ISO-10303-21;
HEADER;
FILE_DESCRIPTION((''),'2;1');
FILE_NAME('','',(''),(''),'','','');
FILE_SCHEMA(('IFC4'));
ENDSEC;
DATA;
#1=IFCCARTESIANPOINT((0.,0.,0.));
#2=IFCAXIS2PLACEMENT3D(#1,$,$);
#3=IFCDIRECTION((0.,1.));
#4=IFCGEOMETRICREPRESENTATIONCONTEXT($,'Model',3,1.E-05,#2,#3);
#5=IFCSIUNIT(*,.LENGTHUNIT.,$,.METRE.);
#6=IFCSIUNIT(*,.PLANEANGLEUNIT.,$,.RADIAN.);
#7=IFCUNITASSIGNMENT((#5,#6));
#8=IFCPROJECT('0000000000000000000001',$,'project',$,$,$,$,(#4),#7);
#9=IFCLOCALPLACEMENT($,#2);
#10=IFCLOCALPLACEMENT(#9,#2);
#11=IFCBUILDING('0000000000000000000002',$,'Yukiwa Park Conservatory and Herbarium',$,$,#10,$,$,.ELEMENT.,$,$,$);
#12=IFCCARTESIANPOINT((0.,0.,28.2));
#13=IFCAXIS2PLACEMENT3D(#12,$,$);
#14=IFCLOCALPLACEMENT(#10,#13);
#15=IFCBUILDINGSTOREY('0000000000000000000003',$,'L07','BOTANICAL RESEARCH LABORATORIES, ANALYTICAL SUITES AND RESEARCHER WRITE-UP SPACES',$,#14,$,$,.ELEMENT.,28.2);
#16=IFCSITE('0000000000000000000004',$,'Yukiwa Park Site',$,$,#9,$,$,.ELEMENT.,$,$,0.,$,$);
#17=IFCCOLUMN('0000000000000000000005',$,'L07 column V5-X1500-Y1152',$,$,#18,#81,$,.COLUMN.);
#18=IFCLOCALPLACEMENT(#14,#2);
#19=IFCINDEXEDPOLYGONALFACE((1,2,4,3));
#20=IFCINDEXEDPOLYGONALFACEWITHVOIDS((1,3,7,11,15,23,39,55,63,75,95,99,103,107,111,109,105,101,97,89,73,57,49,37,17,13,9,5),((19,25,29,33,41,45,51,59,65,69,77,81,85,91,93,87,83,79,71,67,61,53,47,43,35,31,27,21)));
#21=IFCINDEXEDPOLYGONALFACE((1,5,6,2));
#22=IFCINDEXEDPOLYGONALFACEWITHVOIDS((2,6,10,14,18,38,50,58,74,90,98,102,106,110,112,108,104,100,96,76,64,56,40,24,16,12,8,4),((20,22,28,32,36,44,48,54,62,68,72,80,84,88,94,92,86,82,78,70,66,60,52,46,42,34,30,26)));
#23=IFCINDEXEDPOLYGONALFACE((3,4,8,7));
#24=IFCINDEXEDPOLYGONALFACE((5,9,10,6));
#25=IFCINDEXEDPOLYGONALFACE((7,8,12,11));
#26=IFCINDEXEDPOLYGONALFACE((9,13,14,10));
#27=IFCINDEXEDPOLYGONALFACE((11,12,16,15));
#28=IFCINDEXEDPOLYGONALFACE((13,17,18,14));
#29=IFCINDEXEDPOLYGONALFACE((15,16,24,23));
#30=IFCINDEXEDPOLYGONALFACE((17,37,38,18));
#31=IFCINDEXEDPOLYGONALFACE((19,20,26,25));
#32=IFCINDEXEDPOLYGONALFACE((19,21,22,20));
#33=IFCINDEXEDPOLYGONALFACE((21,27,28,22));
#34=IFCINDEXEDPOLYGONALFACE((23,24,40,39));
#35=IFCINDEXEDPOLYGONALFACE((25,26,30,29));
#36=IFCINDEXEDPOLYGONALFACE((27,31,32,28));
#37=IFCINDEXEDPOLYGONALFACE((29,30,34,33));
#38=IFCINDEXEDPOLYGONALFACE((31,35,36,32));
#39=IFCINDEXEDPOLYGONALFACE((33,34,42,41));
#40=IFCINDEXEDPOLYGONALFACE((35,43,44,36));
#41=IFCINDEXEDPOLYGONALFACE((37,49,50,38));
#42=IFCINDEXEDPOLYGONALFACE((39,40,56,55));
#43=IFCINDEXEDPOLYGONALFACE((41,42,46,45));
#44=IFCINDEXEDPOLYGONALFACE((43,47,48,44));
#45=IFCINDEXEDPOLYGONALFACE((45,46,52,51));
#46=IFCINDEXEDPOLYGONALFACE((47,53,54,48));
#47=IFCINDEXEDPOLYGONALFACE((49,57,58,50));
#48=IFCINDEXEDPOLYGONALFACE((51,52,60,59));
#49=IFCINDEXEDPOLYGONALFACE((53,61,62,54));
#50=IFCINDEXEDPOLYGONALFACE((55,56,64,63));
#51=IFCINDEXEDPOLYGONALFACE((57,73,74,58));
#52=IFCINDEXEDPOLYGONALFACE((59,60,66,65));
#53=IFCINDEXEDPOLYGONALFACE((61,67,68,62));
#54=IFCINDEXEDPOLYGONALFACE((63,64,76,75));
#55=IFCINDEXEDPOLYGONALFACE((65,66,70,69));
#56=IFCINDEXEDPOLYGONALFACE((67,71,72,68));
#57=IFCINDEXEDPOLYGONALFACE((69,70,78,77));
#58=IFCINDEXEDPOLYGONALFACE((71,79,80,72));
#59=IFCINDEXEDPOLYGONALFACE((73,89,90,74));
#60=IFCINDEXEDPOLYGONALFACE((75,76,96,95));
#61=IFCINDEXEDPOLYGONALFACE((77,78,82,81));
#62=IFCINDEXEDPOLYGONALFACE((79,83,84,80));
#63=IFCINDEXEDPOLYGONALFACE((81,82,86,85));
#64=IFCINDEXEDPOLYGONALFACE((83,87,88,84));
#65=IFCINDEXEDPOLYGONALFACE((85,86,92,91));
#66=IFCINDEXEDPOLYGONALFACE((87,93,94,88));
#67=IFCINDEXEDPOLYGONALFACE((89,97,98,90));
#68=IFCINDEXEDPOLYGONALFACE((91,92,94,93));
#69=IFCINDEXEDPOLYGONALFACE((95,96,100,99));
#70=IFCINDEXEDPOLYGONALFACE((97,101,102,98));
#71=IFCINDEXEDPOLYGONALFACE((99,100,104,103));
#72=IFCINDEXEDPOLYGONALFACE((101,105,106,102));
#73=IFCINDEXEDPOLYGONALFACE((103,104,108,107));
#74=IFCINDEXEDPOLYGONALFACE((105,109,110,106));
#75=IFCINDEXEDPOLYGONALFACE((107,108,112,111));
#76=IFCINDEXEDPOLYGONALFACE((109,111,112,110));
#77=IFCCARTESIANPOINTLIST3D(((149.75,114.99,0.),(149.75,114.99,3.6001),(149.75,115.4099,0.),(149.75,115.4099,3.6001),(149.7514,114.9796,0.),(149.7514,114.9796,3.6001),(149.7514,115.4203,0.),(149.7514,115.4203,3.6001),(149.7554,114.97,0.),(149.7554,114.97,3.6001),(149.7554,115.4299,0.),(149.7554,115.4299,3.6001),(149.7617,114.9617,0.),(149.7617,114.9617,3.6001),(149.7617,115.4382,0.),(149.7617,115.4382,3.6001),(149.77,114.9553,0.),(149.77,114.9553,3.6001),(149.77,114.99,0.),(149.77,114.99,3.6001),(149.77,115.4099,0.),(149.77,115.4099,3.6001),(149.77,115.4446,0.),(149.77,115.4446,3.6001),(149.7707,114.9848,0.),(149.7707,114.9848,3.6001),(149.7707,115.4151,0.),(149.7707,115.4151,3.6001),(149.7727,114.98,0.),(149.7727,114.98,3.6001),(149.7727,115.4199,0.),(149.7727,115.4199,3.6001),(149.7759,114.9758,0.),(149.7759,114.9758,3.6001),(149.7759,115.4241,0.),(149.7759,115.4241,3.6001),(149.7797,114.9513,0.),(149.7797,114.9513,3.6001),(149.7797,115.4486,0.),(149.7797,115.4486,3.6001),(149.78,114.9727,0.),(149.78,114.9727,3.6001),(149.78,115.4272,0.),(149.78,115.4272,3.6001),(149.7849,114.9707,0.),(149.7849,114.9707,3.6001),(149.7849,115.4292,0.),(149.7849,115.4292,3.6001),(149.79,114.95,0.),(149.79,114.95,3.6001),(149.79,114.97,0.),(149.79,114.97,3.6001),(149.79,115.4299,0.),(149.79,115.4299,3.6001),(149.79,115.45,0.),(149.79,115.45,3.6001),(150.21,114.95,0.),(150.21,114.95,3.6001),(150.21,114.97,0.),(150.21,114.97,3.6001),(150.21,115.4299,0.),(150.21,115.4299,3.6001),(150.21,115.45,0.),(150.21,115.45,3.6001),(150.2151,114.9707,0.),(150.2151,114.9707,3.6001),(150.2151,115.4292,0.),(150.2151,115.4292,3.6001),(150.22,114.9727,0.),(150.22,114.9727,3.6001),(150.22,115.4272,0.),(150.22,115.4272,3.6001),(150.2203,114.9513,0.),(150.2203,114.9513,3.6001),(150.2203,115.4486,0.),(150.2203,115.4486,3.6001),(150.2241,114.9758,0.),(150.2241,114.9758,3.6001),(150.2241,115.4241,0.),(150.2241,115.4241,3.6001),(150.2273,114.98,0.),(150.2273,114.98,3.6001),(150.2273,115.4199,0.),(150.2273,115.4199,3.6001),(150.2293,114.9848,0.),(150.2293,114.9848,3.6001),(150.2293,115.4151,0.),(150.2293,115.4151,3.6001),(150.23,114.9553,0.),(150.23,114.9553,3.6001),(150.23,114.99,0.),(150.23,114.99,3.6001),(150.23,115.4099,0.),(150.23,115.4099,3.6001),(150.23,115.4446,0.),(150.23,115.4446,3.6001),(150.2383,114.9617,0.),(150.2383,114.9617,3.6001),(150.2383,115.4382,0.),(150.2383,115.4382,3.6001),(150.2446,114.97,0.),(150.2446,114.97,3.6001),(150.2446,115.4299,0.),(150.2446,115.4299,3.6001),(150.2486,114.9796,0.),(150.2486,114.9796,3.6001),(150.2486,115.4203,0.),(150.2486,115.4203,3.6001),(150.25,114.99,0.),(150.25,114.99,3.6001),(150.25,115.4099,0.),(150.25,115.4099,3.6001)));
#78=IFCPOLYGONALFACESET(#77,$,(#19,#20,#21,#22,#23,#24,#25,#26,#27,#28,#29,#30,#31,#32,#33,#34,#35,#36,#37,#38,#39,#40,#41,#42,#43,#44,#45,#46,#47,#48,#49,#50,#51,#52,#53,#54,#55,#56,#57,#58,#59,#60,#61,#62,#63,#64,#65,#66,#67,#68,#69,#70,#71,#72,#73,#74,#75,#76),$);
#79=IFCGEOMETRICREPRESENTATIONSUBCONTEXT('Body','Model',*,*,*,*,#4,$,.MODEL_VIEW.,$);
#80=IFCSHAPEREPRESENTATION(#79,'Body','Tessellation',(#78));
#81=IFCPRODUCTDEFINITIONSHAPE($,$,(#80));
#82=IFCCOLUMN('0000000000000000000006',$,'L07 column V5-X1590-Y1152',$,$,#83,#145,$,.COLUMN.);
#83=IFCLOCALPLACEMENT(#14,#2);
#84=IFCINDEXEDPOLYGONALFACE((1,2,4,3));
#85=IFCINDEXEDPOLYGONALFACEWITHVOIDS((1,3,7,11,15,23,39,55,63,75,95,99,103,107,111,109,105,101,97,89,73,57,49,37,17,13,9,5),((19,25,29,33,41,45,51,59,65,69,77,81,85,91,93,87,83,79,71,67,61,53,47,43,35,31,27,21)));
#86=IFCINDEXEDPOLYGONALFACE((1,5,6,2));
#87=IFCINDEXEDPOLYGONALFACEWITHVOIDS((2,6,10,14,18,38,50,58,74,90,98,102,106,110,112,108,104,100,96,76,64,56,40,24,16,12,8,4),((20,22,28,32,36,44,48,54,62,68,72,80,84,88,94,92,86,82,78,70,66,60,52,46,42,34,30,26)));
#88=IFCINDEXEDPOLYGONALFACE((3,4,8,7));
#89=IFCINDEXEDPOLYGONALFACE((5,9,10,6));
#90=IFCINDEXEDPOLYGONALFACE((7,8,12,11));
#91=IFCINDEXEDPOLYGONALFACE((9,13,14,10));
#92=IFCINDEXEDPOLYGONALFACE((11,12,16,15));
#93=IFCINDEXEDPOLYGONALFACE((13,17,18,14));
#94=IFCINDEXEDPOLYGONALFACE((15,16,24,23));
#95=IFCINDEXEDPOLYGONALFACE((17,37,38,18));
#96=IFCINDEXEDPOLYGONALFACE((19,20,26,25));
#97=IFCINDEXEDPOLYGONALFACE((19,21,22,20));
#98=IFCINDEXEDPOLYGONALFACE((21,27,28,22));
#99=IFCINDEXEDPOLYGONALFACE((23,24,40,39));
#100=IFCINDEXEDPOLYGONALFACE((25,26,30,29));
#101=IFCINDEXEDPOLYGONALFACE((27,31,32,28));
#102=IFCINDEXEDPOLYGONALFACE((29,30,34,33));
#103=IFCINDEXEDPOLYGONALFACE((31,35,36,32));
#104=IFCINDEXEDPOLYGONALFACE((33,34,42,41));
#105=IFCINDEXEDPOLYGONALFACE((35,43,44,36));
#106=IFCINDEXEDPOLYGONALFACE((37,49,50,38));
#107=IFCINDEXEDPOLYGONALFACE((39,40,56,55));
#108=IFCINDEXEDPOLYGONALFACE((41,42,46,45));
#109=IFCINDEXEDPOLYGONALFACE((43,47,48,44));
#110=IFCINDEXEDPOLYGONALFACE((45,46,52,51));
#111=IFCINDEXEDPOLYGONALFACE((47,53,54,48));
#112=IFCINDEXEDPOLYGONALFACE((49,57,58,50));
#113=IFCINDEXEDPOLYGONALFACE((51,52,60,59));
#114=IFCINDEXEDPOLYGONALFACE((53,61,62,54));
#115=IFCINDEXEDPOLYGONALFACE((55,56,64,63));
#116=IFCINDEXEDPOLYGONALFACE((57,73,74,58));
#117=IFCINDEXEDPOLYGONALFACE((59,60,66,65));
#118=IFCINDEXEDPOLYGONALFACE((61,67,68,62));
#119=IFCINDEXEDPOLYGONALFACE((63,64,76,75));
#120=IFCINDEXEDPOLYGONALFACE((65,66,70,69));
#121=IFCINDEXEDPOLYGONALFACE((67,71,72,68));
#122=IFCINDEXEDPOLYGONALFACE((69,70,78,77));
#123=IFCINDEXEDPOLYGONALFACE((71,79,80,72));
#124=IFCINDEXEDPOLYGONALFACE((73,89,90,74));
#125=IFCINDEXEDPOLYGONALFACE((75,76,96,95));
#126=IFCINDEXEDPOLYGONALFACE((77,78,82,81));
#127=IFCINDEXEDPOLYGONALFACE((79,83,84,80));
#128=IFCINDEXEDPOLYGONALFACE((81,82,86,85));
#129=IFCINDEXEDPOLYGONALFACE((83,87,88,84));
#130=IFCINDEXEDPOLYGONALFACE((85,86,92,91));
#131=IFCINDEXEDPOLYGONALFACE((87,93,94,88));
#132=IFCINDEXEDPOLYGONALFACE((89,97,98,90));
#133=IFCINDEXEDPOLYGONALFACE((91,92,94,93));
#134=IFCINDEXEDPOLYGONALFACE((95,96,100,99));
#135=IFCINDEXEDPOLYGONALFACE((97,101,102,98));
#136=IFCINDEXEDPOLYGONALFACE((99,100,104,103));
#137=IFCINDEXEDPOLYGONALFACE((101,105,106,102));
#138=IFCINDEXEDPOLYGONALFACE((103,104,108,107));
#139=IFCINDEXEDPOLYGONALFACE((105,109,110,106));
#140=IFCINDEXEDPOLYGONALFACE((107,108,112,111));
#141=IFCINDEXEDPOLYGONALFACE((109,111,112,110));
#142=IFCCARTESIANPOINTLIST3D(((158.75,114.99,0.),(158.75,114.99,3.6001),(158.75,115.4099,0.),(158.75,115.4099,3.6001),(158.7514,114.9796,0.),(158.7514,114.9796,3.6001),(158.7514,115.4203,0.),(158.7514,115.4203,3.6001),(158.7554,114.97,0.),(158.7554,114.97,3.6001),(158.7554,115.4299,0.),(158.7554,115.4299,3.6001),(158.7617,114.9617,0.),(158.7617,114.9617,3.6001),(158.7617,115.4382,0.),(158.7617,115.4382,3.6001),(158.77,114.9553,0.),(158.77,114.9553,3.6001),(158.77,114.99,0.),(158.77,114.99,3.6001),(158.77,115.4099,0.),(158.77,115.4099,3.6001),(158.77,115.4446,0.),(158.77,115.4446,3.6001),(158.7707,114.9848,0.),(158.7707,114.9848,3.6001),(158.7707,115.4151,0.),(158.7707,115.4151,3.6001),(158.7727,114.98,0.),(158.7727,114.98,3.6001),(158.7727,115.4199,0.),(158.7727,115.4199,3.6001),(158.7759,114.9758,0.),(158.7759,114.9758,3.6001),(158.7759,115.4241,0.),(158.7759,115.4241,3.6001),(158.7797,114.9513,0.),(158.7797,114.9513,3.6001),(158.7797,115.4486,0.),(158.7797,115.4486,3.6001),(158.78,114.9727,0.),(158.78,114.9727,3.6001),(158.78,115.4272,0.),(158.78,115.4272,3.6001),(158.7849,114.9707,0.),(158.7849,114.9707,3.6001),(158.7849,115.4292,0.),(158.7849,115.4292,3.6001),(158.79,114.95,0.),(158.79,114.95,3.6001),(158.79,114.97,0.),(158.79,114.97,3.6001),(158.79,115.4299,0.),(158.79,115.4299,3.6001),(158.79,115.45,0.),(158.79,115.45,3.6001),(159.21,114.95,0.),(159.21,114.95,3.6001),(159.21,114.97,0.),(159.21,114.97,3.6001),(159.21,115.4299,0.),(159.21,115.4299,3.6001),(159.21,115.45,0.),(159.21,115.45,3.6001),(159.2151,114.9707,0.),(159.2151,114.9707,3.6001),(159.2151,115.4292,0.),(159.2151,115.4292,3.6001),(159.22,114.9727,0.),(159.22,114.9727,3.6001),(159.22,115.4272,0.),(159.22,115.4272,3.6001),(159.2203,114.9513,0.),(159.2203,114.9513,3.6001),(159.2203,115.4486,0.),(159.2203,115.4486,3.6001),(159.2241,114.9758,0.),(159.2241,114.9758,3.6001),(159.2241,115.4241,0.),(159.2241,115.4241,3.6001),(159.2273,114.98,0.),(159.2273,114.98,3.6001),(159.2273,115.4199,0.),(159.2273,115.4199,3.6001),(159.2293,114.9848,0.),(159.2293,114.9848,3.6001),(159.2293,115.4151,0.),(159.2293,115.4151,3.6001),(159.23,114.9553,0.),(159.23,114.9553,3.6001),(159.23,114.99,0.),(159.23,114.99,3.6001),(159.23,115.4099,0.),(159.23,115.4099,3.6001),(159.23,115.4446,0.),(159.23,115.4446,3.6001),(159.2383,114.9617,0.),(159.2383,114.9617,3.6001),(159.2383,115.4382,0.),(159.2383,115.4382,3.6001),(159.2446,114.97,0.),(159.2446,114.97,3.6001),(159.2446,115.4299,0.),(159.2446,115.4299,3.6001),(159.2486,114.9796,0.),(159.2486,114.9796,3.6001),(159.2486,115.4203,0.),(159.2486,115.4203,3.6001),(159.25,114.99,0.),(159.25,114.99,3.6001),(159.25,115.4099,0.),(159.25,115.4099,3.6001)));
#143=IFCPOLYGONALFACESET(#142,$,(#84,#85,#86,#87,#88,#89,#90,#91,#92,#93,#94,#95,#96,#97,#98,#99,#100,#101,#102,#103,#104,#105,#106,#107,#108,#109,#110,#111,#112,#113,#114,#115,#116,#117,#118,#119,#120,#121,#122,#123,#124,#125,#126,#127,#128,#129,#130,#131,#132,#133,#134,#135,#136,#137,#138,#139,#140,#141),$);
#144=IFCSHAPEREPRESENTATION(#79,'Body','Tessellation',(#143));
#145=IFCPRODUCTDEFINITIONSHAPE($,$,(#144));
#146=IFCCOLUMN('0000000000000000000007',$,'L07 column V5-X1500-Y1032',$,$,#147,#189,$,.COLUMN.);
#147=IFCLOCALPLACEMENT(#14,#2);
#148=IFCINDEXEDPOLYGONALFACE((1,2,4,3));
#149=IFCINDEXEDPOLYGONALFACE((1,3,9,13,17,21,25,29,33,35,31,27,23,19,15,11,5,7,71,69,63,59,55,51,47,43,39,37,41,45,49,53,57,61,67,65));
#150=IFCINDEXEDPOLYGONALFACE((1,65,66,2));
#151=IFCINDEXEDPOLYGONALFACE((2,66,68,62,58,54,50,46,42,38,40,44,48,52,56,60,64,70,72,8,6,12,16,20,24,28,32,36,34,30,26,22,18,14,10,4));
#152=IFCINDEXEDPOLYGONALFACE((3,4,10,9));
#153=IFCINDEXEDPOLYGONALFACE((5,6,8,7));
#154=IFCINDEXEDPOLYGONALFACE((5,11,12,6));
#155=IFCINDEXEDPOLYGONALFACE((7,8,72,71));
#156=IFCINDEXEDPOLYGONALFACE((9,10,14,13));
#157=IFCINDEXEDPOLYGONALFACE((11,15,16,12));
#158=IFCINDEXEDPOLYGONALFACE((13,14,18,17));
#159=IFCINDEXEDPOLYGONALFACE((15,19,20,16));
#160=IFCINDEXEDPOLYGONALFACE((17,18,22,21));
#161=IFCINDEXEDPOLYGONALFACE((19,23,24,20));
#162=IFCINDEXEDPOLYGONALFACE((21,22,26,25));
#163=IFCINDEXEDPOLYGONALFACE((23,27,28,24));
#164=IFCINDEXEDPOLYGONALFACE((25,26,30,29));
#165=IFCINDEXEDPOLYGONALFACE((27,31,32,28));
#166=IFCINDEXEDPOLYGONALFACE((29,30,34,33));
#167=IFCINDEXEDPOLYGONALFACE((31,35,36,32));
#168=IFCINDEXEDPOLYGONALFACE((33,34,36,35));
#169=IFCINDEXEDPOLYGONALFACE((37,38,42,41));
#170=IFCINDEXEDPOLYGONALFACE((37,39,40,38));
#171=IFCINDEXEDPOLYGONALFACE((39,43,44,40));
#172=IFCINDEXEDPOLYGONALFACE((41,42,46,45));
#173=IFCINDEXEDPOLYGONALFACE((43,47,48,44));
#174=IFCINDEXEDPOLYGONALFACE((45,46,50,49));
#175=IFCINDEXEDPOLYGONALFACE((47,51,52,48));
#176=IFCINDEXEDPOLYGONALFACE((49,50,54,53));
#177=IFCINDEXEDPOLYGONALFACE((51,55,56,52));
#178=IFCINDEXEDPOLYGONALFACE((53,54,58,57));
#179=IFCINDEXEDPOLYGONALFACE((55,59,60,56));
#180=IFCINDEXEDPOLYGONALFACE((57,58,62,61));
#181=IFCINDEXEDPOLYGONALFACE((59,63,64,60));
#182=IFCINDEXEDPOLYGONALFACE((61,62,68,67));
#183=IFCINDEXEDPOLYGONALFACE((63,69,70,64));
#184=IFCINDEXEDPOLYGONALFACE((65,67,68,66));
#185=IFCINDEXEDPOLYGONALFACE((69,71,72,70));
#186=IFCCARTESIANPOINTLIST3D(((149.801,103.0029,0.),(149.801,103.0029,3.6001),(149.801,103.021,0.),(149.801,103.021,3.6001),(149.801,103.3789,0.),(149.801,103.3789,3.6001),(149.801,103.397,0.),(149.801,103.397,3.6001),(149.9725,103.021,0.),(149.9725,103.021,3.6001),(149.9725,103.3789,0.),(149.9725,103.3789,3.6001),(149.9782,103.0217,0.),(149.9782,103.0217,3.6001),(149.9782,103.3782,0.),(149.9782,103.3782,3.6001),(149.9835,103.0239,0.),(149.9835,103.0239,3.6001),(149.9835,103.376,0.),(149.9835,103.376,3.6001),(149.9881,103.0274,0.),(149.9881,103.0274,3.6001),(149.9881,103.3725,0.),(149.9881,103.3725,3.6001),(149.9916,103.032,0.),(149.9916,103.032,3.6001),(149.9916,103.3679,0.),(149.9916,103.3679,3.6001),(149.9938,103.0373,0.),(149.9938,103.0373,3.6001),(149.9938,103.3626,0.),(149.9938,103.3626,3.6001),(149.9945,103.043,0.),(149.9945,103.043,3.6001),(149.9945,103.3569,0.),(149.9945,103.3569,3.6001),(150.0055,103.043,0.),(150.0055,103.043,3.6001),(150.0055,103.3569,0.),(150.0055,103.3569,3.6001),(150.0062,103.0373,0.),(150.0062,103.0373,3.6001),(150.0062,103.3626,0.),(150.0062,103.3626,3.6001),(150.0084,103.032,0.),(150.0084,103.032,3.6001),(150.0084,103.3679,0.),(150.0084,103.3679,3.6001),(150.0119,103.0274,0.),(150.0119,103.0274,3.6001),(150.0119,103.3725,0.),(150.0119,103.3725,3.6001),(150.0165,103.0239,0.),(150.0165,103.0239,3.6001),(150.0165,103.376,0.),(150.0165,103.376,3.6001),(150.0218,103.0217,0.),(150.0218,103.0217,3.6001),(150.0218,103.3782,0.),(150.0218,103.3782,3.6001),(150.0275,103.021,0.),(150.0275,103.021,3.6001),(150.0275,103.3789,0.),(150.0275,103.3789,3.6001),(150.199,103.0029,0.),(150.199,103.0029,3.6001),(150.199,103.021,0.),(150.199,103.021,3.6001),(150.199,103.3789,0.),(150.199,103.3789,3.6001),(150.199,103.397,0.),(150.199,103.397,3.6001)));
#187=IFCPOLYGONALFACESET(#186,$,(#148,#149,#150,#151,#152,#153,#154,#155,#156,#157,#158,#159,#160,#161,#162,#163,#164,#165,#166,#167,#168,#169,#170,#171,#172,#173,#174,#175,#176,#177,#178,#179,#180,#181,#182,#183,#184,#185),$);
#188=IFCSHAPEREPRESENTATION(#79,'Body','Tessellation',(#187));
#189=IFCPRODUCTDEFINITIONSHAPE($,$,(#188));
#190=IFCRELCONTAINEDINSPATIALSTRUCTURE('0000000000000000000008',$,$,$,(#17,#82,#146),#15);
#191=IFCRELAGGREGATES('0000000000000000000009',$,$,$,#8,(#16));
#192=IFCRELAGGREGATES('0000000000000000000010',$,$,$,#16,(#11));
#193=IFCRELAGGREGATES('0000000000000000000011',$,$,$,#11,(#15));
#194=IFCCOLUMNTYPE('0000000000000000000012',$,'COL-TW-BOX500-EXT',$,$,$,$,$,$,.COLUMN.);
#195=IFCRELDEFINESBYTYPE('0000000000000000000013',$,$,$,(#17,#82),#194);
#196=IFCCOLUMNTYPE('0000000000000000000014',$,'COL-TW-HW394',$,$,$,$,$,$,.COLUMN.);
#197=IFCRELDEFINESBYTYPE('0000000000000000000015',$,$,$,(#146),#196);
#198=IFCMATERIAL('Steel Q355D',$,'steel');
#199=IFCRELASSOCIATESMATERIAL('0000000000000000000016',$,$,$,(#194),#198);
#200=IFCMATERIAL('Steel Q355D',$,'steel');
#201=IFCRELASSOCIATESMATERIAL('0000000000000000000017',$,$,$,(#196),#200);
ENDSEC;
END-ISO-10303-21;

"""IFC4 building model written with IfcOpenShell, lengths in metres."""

from ifc_helpers import new_model, si_unit, direction, frame, origin, origin_2d, place, context, subcontext, project, spatial, hollow_rectangle, i_section, extrude, material, material_profile, profile_set, type_object, element, save


model = new_model("IFC4")

# Units and contexts
model_context = context("Model", 3, precision=1e-05, world=origin(), true_north=direction((0.0, 1.0)))
body_context = subcontext(model_context, "Body", "Model", "MODEL_VIEW")
ifc_project = project(units=[si_unit("LENGTHUNIT", "METRE"), si_unit("PLANEANGLEUNIT", "RADIAN")], contexts=[model_context])

# Site, building, storey
site_placement = place(None, origin())
site = spatial("IfcSite", under=ifc_project, at=site_placement, Name="Yukiwa Park Site", CompositionType="ELEMENT", RefElevation=0.0)
building_placement = place(site_placement, origin())
building = spatial("IfcBuilding", under=site, at=building_placement, Name="Yukiwa Park Conservatory and Herbarium", CompositionType="ELEMENT")
storey_placement = place(building_placement, frame((0.0, 0.0, 28.2)))
storey = spatial("IfcBuildingStorey", under=building, at=storey_placement, Name="L07", Description="BOTANICAL RESEARCH LABORATORIES, ANALYTICAL SUITES AND RESEARCHER WRITE-UP SPACES", CompositionType="ELEMENT", Elevation=28.2)

# Columns
ifc_material_1 = material(Name="Steel Q355D", Category="steel")
ifc_material_profile_1 = material_profile(ifc_material_1, hollow_rectangle(XDim=0.5, YDim=0.5, WallThickness=0.02, InnerFilletRadius=0.02, OuterFilletRadius=0.04, at=origin_2d()), Name="BOX 500x500x20")
ifc_profile_set_1 = profile_set([ifc_material_profile_1], Name="Steel Q355D")
column_type_1 = type_object("IfcColumnType", Name="COL-TW-BOX500-EXT", PredefinedType="COLUMN", material=ifc_profile_set_1)
for number, where, z_axis, x_axis, name in (
    (1, (150.0, 115.2, 0.0), (0.0, 0.0, 1.0), (1.0, 0.0, 0.0), "L07 column V5-X1500-Y1152"),
    (2, (159.0, 115.2, 0.0), (0.0, 0.0, 1.0), (1.0, 0.0, 0.0), "L07 column V5-X1590-Y1152"),
):
    element("IfcColumn", number, at=place(storey_placement, frame(where, z_axis=z_axis, x_axis=x_axis)), inside=storey, type_object=column_type_1, Name=name, PredefinedType="COLUMN", context=body_context, shape_type="SweptSolid", body=[
        extrude(hollow_rectangle(XDim=0.5, YDim=0.5, WallThickness=0.02, InnerFilletRadius=0.02, OuterFilletRadius=0.04, at=origin_2d()), origin(), (0.0, 0.0, 1.0), 3.6001),
    ])
ifc_material_2 = material(Name="Steel Q355D", Category="steel")
ifc_material_profile_2 = material_profile(ifc_material_2, i_section(OverallWidth=0.3979, OverallDepth=0.394, WebThickness=0.011, FlangeThickness=0.0181, FilletRadius=0.022, at=origin_2d()), Name="HW 394x398x11x18")
ifc_profile_set_2 = profile_set([ifc_material_profile_2], Name="Steel Q355D")
column_type_2 = type_object("IfcColumnType", Name="COL-TW-HW394", PredefinedType="COLUMN", material=ifc_profile_set_2)
for number, where, z_axis, x_axis, name in (
    (3, (150.0, 103.2, 0.0), (0.0, 0.0, 1.0), (1.0, 0.0, 0.0), "L07 column V5-X1500-Y1032"),
):
    element("IfcColumn", number, at=place(storey_placement, frame(where, z_axis=z_axis, x_axis=x_axis)), inside=storey, type_object=column_type_2, Name=name, PredefinedType="COLUMN", context=body_context, shape_type="SweptSolid", body=[
        extrude(i_section(OverallWidth=0.3979, OverallDepth=0.394, WebThickness=0.011, FlangeThickness=0.0181, FilletRadius=0.022, at=origin_2d()), origin(), (0.0, 0.0, 1.0), 3.6001),
    ])

save(model, "model.ifc")
